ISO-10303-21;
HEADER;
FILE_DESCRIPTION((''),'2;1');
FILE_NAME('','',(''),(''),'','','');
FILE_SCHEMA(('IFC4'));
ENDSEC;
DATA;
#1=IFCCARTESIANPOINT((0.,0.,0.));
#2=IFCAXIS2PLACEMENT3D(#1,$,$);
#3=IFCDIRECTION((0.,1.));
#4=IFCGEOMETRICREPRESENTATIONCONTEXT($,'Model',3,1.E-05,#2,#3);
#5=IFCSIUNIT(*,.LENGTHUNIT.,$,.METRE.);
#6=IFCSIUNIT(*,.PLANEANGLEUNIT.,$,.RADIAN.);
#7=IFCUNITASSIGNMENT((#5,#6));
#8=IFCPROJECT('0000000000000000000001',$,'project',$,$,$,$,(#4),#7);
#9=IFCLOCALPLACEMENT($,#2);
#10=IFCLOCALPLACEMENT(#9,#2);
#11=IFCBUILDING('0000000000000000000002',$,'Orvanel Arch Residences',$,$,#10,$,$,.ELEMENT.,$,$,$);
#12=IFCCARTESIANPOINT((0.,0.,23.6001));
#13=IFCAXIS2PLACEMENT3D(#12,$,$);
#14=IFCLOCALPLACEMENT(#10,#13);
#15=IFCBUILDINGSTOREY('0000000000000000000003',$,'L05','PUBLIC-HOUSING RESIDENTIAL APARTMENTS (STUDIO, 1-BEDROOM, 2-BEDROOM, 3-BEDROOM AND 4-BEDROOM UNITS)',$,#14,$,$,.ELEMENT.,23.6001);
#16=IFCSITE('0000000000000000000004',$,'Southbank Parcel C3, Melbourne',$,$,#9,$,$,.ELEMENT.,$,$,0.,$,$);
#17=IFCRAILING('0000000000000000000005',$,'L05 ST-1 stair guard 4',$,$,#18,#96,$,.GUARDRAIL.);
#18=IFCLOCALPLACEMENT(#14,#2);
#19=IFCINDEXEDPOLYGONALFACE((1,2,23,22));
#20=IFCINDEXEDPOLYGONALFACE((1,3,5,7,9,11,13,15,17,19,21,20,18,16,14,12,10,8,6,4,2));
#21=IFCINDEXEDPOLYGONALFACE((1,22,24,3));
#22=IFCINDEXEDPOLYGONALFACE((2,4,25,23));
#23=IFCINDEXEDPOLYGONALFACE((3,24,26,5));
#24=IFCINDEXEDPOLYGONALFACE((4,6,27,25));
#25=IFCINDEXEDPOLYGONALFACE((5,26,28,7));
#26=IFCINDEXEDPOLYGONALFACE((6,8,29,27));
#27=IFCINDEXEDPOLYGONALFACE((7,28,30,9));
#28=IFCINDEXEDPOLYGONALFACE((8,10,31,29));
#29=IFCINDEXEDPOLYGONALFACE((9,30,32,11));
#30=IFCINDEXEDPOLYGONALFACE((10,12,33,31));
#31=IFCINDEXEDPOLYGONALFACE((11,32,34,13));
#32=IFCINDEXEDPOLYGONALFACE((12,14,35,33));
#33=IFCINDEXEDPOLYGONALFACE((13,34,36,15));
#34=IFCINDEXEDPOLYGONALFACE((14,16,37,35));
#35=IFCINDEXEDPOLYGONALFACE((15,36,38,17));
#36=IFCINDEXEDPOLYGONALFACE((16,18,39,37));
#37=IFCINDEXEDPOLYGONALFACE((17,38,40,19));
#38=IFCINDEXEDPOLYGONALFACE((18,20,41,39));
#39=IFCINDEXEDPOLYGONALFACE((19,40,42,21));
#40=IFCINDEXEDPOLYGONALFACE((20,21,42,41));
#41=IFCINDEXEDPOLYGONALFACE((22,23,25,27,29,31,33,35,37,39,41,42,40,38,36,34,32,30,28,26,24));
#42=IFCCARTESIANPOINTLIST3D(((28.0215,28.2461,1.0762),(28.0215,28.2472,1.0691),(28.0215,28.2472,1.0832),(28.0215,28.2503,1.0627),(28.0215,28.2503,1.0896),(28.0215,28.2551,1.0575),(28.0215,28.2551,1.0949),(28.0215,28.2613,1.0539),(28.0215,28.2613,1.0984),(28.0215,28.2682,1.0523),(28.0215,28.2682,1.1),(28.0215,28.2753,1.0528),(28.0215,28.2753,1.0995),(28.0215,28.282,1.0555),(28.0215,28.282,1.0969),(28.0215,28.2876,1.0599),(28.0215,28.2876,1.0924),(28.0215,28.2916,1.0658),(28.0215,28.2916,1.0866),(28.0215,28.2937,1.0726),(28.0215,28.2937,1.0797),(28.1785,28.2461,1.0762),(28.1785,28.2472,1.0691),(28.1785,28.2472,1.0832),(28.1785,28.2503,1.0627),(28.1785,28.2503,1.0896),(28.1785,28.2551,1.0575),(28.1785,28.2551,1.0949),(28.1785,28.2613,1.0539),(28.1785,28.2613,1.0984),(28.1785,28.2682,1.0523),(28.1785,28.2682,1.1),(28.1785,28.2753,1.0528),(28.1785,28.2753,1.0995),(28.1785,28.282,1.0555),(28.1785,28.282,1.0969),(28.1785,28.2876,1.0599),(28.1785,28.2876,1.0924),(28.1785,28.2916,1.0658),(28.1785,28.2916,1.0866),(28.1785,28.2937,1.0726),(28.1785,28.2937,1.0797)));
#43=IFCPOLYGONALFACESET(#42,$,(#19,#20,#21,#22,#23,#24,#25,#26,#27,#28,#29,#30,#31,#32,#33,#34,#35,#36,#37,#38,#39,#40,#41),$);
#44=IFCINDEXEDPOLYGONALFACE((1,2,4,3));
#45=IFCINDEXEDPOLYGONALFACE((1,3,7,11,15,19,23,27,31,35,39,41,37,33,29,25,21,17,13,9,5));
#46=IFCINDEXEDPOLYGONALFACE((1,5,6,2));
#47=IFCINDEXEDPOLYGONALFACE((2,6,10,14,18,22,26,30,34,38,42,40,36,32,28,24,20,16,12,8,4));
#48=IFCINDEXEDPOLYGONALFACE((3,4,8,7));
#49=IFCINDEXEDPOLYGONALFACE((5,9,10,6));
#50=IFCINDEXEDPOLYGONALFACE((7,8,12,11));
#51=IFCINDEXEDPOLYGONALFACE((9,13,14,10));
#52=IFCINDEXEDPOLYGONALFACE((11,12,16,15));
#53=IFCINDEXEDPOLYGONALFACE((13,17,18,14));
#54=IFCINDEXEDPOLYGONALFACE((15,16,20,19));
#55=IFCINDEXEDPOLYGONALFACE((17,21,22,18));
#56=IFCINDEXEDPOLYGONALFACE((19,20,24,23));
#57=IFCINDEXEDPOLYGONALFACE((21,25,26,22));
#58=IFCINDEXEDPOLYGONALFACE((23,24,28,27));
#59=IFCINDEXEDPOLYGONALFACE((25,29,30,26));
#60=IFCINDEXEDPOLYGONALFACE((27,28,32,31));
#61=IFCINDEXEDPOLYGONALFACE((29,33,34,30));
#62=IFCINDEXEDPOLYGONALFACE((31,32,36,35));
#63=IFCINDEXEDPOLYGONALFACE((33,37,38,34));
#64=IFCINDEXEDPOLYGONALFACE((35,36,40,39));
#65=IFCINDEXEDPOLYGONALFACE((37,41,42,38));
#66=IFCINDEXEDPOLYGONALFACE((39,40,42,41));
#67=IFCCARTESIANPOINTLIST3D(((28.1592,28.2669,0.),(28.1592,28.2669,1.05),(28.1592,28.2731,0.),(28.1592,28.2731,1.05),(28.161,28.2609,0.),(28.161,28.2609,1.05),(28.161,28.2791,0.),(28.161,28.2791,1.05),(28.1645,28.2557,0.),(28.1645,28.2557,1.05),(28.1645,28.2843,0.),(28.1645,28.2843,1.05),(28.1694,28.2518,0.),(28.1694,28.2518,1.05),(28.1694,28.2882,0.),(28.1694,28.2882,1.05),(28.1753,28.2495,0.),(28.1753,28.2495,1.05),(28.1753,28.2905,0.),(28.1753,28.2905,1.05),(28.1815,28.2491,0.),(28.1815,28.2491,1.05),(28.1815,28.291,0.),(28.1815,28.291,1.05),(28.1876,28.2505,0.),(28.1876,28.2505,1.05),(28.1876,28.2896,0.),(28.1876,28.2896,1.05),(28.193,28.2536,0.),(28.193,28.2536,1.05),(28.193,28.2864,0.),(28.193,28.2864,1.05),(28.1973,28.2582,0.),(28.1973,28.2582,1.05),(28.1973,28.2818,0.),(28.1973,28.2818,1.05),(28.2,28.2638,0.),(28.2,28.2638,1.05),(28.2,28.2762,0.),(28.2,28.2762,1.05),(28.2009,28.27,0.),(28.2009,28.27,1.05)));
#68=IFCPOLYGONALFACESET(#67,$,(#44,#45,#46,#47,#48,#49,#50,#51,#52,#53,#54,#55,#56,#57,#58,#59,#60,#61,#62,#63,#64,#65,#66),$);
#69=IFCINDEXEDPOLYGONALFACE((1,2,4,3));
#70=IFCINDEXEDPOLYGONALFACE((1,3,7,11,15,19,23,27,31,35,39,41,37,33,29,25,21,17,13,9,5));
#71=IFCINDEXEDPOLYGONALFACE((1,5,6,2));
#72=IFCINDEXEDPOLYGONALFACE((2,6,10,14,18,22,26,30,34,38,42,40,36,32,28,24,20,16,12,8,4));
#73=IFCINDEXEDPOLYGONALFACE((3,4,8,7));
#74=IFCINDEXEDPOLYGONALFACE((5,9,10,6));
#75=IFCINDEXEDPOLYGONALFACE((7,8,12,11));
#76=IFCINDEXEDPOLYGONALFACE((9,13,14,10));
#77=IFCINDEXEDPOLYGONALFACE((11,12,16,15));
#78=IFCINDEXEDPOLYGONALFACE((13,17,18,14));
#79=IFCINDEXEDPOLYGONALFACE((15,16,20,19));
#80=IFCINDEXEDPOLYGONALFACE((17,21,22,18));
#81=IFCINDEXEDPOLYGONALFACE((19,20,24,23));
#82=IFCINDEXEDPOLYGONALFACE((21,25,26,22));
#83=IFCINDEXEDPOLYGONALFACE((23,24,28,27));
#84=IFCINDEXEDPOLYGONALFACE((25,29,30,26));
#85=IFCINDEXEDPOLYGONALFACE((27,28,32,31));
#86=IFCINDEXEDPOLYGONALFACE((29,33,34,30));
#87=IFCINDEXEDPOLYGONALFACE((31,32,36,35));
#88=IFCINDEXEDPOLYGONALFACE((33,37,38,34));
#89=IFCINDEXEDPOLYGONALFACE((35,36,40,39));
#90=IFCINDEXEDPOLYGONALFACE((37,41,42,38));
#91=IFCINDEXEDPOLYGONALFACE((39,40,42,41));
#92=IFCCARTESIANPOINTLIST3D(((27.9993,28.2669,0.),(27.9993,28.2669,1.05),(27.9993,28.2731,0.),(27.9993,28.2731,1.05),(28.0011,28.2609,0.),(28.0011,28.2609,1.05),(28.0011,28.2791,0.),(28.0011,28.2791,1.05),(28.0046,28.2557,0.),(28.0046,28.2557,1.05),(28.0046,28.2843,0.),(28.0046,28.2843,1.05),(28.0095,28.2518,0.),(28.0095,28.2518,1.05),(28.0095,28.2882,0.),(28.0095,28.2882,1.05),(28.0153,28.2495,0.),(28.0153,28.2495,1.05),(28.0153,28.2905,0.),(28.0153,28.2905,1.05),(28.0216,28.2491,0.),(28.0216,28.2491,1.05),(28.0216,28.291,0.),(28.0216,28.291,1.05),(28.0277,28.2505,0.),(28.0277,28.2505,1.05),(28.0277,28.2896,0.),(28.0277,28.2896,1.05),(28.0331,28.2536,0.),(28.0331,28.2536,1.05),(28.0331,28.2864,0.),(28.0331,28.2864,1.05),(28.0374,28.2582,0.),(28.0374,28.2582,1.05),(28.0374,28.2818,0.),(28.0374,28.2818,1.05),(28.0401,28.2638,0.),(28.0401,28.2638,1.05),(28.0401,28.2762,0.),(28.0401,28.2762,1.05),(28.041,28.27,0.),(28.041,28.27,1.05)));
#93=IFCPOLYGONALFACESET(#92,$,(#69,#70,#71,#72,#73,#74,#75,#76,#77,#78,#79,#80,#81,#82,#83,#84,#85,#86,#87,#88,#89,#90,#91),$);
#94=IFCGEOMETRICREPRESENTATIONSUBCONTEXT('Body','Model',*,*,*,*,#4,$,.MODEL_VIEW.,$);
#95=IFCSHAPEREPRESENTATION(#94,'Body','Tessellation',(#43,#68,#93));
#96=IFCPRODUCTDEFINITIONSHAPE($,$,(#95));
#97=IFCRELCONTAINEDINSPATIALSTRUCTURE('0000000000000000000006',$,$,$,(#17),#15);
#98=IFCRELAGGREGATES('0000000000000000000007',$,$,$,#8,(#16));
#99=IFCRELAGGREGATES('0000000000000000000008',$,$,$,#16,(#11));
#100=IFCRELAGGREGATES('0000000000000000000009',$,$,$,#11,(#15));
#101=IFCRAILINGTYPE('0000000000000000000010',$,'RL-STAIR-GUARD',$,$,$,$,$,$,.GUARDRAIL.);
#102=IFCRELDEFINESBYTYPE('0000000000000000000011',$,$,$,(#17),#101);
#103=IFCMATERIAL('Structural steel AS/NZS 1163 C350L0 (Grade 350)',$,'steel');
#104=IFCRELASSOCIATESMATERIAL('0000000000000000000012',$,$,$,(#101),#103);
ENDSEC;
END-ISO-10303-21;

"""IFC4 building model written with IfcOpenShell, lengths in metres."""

from ifc_helpers import new_model, si_unit, direction, frame, origin, origin_2d, place, context, subcontext, project, spatial, circle, extrude, material, type_object, element, save


model = new_model("IFC4")

# Units and contexts
model_context = context("Model", 3, precision=1e-05, world=origin(), true_north=direction((0.0, 1.0)))
body_context = subcontext(model_context, "Body", "Model", "MODEL_VIEW")
ifc_project = project(units=[si_unit("LENGTHUNIT", "METRE"), si_unit("PLANEANGLEUNIT", "RADIAN")], contexts=[model_context])

# Site, building, storey
site_placement = place(None, origin())
site = spatial("IfcSite", under=ifc_project, at=site_placement, Name="Southbank Parcel C3, Melbourne", CompositionType="ELEMENT", RefElevation=0.0)
building_placement = place(site_placement, origin())
building = spatial("IfcBuilding", under=site, at=building_placement, Name="Orvanel Arch Residences", CompositionType="ELEMENT")
storey_placement = place(building_placement, frame((0.0, 0.0, 23.6001)))
storey = spatial("IfcBuildingStorey", under=building, at=storey_placement, Name="L05", Description="PUBLIC-HOUSING RESIDENTIAL APARTMENTS (STUDIO, 1-BEDROOM, 2-BEDROOM, 3-BEDROOM AND 4-BEDROOM UNITS)", CompositionType="ELEMENT", Elevation=23.6001)

# Railing
ifc_material_1 = material(Name="Structural steel AS/NZS 1163 C350L0 (Grade 350)", Category="steel")
railing_type_1 = type_object("IfcRailingType", Name="RL-STAIR-GUARD", PredefinedType="GUARDRAIL", material=ifc_material_1)
railing_1_placement = place(storey_placement, frame((28.1799, 28.27, 0.0)))
element("IfcRailing", 1, at=railing_1_placement, inside=storey, type_object=railing_type_1, Name="L05 ST-1 stair guard 4", PredefinedType="GUARDRAIL", context=body_context, shape_type="SweptSolid", body=[
    extrude(circle(Radius=0.0239, at=origin_2d()), frame((-0.0015, 0.0, 1.0762), z_axis=(-1.0, 0.0, 0.0), x_axis=(0.0, -1.0, 0.0)), (0.0, 0.0, 1.0), 0.157),
    extrude(circle(Radius=0.021, at=origin_2d()), origin(), (0.0, 0.0, 1.0), 1.05),
    extrude(circle(Radius=0.021, at=origin_2d()), frame((-0.1599, 0.0, 0.0)), (0.0, 0.0, 1.0), 1.05),
])

save(model, "model.ifc")
